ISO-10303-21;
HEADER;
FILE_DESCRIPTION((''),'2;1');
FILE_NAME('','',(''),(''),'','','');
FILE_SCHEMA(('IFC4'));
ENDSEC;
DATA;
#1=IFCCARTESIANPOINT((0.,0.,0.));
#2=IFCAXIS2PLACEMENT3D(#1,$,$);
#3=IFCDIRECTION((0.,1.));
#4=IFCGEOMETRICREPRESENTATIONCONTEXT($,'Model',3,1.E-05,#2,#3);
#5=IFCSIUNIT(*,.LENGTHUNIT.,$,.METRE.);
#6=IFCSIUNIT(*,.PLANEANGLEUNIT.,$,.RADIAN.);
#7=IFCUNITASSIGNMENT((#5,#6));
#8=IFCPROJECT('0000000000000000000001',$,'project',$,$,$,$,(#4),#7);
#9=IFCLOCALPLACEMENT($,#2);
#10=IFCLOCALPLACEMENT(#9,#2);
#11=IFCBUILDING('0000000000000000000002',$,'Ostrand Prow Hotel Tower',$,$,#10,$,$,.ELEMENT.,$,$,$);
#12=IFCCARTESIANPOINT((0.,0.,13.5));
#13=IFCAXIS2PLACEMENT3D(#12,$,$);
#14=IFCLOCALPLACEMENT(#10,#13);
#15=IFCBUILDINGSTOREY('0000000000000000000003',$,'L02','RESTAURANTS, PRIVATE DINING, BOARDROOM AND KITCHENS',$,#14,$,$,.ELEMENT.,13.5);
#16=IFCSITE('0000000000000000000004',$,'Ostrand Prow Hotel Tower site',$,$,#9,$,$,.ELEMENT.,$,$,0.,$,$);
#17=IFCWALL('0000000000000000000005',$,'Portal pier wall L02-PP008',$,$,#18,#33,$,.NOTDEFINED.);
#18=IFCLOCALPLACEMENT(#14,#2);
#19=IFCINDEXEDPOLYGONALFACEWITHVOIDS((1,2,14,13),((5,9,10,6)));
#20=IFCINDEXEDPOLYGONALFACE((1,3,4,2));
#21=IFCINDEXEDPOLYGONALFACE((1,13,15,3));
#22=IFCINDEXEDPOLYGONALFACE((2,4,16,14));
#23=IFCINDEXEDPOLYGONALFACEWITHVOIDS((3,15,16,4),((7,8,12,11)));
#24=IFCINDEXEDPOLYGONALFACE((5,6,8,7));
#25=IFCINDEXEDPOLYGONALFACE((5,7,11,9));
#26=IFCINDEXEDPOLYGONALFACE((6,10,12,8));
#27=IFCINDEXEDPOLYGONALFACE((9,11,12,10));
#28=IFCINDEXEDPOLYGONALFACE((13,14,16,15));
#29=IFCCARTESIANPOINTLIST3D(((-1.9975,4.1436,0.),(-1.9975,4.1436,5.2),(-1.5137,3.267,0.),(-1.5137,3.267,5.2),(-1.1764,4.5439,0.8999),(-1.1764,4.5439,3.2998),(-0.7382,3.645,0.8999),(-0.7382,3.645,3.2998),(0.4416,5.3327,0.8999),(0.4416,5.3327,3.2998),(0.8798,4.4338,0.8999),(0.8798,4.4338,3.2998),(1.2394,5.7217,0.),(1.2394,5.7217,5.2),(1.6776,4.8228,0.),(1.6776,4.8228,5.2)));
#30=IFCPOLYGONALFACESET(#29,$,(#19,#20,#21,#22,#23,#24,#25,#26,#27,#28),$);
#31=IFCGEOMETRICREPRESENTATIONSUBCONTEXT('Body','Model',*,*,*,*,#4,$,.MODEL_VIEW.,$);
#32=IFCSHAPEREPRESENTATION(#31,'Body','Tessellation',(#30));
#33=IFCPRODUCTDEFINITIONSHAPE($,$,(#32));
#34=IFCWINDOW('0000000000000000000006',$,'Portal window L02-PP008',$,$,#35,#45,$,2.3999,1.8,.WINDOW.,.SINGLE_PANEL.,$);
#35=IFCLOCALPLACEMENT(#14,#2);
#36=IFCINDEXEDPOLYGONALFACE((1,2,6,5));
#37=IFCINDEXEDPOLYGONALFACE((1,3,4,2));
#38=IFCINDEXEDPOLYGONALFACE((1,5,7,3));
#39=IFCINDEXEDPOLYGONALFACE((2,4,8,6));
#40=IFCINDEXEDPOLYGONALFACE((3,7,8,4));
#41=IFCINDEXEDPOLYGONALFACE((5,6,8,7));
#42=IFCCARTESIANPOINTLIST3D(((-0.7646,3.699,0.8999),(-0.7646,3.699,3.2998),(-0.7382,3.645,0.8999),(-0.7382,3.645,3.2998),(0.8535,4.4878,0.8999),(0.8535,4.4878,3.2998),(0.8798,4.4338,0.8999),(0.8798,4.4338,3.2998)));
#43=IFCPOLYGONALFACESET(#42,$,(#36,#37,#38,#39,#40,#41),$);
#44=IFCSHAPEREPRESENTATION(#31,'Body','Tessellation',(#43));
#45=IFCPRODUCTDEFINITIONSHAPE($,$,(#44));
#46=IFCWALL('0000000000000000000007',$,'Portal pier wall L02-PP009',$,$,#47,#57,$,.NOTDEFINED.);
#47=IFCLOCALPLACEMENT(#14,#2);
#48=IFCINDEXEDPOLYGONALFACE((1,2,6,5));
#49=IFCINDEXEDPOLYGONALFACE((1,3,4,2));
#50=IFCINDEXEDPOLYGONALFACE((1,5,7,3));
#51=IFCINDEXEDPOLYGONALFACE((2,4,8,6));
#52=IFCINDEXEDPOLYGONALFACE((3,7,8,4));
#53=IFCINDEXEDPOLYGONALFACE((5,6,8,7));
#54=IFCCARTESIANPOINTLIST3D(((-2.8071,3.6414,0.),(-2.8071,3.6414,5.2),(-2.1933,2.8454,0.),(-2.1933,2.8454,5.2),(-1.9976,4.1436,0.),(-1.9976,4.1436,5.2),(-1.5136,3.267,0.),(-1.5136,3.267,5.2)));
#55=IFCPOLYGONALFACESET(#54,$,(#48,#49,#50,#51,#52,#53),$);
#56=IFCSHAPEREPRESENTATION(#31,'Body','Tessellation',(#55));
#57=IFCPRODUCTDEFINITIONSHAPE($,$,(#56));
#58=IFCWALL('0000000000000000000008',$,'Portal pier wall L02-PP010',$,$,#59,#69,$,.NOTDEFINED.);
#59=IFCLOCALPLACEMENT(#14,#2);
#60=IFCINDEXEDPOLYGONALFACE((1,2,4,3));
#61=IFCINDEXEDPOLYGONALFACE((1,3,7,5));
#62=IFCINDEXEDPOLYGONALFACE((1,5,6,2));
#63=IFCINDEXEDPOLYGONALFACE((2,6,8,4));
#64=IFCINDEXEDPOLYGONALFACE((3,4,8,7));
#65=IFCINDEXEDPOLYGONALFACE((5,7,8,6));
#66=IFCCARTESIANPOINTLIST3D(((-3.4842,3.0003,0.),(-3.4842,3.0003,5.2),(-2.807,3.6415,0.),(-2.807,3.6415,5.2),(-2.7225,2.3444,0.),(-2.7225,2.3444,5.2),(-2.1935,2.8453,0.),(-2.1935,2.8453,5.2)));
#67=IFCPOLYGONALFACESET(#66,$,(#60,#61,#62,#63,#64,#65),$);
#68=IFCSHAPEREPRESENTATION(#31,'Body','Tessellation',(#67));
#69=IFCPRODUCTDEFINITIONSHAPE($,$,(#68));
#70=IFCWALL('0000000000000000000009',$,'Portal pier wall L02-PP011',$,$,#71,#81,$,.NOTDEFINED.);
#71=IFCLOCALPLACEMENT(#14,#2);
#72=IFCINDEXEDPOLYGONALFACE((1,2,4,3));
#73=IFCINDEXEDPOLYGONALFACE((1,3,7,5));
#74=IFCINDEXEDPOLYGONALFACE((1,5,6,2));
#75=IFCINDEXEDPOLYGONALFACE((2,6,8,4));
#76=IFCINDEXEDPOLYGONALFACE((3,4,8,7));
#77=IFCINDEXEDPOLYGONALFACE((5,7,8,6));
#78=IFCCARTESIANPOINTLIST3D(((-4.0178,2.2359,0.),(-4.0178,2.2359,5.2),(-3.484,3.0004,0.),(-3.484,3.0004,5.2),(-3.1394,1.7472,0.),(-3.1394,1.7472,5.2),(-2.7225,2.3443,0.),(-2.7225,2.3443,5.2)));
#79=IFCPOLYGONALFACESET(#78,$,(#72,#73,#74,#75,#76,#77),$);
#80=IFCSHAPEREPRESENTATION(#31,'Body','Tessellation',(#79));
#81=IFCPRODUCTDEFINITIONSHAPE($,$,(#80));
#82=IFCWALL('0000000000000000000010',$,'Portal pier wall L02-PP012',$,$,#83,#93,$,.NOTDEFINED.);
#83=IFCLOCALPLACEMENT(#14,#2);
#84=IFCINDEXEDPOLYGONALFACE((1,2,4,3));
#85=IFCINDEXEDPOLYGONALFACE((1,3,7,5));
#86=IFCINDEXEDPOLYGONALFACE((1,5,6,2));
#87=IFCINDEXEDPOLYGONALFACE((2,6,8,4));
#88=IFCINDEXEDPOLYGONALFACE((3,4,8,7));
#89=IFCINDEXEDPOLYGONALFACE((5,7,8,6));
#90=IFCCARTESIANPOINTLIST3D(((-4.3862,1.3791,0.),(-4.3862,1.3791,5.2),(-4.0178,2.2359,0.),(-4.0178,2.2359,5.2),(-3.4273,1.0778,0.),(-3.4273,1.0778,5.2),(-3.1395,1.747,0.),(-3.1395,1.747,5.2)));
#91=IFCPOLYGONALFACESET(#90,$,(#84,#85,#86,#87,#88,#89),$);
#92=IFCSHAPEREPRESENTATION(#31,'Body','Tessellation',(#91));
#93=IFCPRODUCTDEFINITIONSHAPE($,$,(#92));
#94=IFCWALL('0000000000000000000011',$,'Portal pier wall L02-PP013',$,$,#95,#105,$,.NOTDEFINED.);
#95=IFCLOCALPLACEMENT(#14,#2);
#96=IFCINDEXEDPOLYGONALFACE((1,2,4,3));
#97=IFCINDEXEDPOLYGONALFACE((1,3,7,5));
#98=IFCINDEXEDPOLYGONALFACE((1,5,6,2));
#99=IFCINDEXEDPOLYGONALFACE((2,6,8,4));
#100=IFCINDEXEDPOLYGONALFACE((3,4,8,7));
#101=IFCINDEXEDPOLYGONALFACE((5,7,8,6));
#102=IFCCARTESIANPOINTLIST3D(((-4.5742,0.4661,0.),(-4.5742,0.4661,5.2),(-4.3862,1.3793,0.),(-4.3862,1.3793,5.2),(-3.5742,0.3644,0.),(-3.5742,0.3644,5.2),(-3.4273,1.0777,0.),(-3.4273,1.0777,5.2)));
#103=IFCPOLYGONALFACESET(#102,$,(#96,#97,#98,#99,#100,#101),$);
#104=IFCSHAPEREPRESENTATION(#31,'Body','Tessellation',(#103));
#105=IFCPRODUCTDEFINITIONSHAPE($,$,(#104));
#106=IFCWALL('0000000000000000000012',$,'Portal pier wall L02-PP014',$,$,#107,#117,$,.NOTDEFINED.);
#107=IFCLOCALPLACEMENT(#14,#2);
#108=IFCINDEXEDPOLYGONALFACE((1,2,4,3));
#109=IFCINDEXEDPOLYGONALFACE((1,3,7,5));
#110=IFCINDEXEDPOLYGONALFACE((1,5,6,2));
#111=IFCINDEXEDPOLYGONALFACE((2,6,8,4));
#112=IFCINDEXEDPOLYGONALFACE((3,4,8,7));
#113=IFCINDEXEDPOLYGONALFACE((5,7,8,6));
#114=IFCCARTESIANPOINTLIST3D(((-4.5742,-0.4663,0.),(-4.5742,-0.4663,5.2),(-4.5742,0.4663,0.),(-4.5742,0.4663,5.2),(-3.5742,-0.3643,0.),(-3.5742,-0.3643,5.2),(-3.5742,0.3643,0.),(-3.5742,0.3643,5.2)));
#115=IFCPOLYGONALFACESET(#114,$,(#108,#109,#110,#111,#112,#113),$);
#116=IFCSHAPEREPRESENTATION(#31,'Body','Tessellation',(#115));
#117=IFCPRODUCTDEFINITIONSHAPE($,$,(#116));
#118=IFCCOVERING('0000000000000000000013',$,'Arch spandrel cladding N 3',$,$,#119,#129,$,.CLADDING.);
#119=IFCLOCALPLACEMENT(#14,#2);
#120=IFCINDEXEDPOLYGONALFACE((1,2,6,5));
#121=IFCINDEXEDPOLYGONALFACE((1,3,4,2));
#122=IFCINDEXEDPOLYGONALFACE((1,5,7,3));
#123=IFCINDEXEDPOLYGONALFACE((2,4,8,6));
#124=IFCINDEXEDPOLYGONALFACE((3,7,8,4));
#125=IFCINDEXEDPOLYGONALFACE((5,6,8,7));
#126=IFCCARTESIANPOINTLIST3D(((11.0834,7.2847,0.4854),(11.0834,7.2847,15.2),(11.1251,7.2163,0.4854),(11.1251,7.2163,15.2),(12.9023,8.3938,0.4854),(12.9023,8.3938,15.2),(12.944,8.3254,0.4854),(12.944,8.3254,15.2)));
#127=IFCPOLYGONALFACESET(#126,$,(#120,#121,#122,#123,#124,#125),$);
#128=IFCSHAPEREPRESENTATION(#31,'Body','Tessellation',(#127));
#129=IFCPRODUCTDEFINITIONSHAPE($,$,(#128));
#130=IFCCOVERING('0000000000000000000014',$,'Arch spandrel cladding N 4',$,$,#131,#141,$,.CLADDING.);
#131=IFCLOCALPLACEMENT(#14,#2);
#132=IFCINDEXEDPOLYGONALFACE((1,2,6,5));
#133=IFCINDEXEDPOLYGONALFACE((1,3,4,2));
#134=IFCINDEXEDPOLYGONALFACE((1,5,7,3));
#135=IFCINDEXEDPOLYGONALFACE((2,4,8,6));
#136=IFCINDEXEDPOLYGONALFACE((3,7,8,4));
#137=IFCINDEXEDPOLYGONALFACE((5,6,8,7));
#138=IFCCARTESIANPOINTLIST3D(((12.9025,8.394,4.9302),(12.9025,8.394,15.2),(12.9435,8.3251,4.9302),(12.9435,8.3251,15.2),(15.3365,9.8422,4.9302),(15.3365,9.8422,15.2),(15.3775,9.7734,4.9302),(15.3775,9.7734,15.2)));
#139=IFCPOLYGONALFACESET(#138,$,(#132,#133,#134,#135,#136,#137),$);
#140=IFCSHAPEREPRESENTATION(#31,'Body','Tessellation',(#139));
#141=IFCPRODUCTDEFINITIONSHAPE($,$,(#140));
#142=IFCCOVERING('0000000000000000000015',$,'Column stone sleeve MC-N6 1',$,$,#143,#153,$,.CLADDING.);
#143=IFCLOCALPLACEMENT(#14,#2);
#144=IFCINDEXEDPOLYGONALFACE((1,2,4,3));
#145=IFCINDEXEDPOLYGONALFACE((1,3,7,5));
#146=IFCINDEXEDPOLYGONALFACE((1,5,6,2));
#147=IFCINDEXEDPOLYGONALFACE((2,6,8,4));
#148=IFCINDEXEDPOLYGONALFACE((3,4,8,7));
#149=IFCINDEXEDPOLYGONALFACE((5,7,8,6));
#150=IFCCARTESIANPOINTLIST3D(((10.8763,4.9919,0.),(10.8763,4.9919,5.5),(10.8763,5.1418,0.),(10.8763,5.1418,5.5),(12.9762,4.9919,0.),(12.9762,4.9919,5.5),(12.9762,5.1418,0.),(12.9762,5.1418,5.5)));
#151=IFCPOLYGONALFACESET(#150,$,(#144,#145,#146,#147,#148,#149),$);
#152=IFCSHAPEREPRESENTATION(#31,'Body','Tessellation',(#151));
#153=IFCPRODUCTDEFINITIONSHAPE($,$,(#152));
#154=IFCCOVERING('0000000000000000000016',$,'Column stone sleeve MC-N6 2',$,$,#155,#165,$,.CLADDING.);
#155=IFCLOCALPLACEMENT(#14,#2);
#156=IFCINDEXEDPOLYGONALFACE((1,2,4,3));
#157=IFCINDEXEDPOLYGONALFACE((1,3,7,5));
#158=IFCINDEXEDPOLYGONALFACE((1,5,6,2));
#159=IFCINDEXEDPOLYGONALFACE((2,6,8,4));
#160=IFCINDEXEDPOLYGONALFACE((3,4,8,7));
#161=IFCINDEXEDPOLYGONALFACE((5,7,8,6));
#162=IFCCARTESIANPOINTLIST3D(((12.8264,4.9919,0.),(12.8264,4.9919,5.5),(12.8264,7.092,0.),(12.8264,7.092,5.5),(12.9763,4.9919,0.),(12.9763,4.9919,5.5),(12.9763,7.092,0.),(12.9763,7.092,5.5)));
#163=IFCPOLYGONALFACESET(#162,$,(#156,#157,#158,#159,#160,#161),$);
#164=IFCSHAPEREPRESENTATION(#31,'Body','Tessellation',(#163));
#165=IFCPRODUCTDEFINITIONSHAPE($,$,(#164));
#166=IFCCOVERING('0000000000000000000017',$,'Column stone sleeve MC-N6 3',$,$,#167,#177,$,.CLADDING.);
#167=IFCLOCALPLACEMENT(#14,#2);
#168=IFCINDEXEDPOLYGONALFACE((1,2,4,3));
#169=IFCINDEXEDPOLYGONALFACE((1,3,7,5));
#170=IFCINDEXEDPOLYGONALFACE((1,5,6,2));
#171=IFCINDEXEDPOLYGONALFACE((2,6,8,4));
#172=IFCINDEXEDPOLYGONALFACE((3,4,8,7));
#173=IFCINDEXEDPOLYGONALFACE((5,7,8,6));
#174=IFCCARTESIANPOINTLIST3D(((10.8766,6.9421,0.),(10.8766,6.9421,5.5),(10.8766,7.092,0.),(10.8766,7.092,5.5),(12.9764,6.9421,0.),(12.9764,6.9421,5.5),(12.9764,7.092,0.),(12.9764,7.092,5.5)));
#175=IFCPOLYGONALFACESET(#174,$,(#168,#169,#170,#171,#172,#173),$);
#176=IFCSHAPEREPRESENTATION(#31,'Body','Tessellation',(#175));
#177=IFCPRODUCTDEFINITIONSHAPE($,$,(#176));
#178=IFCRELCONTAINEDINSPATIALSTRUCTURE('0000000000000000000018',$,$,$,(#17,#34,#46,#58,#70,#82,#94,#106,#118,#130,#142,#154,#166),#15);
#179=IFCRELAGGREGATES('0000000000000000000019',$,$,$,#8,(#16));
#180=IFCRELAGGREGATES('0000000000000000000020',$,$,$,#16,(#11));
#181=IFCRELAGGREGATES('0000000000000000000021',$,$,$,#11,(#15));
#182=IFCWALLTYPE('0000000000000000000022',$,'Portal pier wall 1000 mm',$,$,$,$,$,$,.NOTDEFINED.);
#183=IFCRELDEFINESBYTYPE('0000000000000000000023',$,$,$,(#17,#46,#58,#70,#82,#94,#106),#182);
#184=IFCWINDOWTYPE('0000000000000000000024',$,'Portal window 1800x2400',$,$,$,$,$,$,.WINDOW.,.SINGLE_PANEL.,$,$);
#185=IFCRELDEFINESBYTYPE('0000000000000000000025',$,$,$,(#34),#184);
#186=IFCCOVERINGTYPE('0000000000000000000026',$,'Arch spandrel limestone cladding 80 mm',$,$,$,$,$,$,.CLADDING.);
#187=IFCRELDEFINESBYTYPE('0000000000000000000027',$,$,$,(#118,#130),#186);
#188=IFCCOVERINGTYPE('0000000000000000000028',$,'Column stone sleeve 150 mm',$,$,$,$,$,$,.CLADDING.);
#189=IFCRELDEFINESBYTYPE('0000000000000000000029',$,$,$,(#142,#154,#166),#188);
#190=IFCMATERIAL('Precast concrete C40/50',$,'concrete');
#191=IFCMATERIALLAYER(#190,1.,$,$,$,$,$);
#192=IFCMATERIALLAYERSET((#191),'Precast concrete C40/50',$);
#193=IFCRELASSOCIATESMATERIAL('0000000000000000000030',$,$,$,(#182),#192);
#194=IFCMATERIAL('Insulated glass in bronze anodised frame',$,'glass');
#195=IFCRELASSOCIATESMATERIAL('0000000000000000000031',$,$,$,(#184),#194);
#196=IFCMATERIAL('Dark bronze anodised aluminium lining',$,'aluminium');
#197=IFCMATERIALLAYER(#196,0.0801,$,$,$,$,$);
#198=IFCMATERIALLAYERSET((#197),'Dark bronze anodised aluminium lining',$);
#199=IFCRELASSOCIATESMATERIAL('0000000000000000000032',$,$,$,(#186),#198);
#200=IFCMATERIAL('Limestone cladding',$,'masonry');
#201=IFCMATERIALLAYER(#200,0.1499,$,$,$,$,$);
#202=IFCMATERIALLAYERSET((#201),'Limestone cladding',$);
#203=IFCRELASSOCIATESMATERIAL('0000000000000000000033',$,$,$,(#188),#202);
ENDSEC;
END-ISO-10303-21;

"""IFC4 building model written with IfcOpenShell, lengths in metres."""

from ifc_helpers import new_model, si_unit, direction, frame, frame_2d, origin, place, context, subcontext, project, spatial, polyline, rectangle, outline, extrude, material, layer, layer_set, type_object, element, fill, save


model = new_model("IFC4")

# Units and contexts
model_context = context("Model", 3, precision=1e-05, world=origin(), true_north=direction((0.0, 1.0)))
body_context = subcontext(model_context, "Body", "Model", "MODEL_VIEW")
ifc_project = project(units=[si_unit("LENGTHUNIT", "METRE"), si_unit("PLANEANGLEUNIT", "RADIAN")], contexts=[model_context])

# Site, building, storey
site_placement = place(None, origin())
site = spatial("IfcSite", under=ifc_project, at=site_placement, Name="Ostrand Prow Hotel Tower site", CompositionType="ELEMENT", RefElevation=0.0)
building_placement = place(site_placement, origin())
building = spatial("IfcBuilding", under=site, at=building_placement, Name="Ostrand Prow Hotel Tower", CompositionType="ELEMENT")
storey_placement = place(building_placement, frame((0.0, 0.0, 13.5)))
storey = spatial("IfcBuildingStorey", under=building, at=storey_placement, Name="L02", Description="RESTAURANTS, PRIVATE DINING, BOARDROOM AND KITCHENS", CompositionType="ELEMENT", Elevation=13.5)

# Shared definitions
ifc_material_1 = material(Name="Precast concrete C40/50", Category="concrete")
ifc_layer_1 = layer(ifc_material_1, 1.0)
ifc_layer_set_1 = layer_set([ifc_layer_1], Name="Precast concrete C40/50")
wall_type = type_object("IfcWallType", Name="Portal pier wall 1000 mm", PredefinedType="NOTDEFINED", material=ifc_layer_set_1)

# Shared definitions
ifc_material_2 = material(Name="Insulated glass in bronze anodised frame", Category="glass")
window_type = type_object("IfcWindowType", Name="Portal window 1800x2400", PartitioningType="SINGLE_PANEL", PredefinedType="WINDOW", material=ifc_material_2)

# Wall, opening, window
wall_1_placement = place(storey_placement, frame((1.4585, 5.2722, 0.0), z_axis=(0.0, 0.0, 1.0), x_axis=(-0.898875, -0.438206, 0.0)))
wall_1 = element("IfcWall", 1, at=wall_1_placement, inside=storey, type_object=wall_type, Name="Portal pier wall L02-PP008", PredefinedType="NOTDEFINED", context=body_context, shape_type="SweptSolid", body=[
    extrude(outline(polyline([(0.0, -0.5), (3.6011, -0.5), (3.5503, 0.5), (0.0, 0.5), (0.0, -0.5)])), origin(), (0.0, 0.0, 1.0), 5.2),
])
opening_1_placement = place(wall_1_placement, frame((0.8877, 0.0, 0.8999)))
opening_1 = element("IfcOpeningElement", 2, at=opening_1_placement, cuts=wall_1, PredefinedType="OPENING", context=body_context, shape_type="SweptSolid", body=[
    extrude(rectangle(XDim=1.8, YDim=2.3999, at=frame_2d((0.8999, 1.2))), frame((0.0, 0.51, 0.0), z_axis=(0.0, -1.0, 0.0), x_axis=(1.0, 0.0, 0.0)), (0.0, 0.0, 1.0), 1.02),
])
window_1_placement = place(opening_1_placement, origin())
window_1 = element("IfcWindow", 3, at=window_1_placement, inside=storey, type_object=window_type, Name="Portal window L02-PP008", OverallHeight=2.3999, OverallWidth=1.8, PartitioningType="SINGLE_PANEL", PredefinedType="WINDOW", context=body_context, shape_type="SweptSolid", body=[
    extrude(rectangle(XDim=1.8, YDim=2.3999, at=frame_2d((0.8999, 1.2))), frame((0.0, 0.5, 0.0), z_axis=(0.0, -1.0, 0.0), x_axis=(1.0, 0.0, 0.0)), (0.0, 0.0, 1.0), 0.0601),
])
fill(opening_1, window_1)

# Walls
wall_2_placement = place(storey_placement, frame((-1.7556, 3.7053, 0.0), z_axis=(0.0, 0.0, 1.0), x_axis=(-0.849778, -0.527141, 0.0)))
element("IfcWall", 4, at=wall_2_placement, inside=storey, type_object=wall_type, Name="Portal pier wall L02-PP009", PredefinedType="NOTDEFINED", context=body_context, shape_type="SweptSolid", body=[
    extrude(outline(polyline([(-0.0254, -0.5), (0.9272, -0.5), (0.8252, 0.5), (0.0254, 0.5), (-0.0254, -0.5)])), origin(), (0.0, 0.0, 1.0), 5.2),
])
wall_3_placement = place(storey_placement, frame((-2.5002, 3.2434, 0.0), z_axis=(0.0, 0.0, 1.0), x_axis=(-0.726099, -0.68759, 0.0)))
element("IfcWall", 5, at=wall_3_placement, inside=storey, type_object=wall_type, Name="Portal pier wall L02-PP010", PredefinedType="NOTDEFINED", context=body_context, shape_type="SweptSolid", body=[
    extrude(outline(polyline([(-0.051, -0.5), (0.8816, -0.5), (0.7795, 0.5), (0.051, 0.5), (-0.051, -0.5)])), origin(), (0.0, 0.0, 1.0), 5.2),
])
wall_4_placement = place(storey_placement, frame((-3.1033, 2.6724, 0.0), z_axis=(0.0, 0.0, 1.0), x_axis=(-0.572416, -0.819963, 0.0)))
element("IfcWall", 6, at=wall_4_placement, inside=storey, type_object=wall_type, Name="Portal pier wall L02-PP011", PredefinedType="NOTDEFINED", context=body_context, shape_type="SweptSolid", body=[
    extrude(outline(polyline([(-0.051, -0.5), (0.8813, -0.5), (0.7793, 0.5), (0.051, 0.5), (-0.051, -0.5)])), origin(), (0.0, 0.0, 1.0), 5.2),
])
wall_5_placement = place(storey_placement, frame((-3.5786, 1.9915, 0.0), z_axis=(0.0, 0.0, 1.0), x_axis=(-0.39509, -0.918643, 0.0)))
element("IfcWall", 7, at=wall_5_placement, inside=storey, type_object=wall_type, Name="Portal pier wall L02-PP012", PredefinedType="NOTDEFINED", context=body_context, shape_type="SweptSolid", body=[
    extrude(outline(polyline([(-0.051, -0.5), (0.8816, -0.5), (0.7795, 0.5), (0.051, 0.5), (-0.051, -0.5)])), origin(), (0.0, 0.0, 1.0), 5.2),
])
wall_6_placement = place(storey_placement, frame((-3.9067, 1.2285, 0.0), z_axis=(0.0, 0.0, 1.0), x_axis=(-0.201711, -0.979445, 0.0)))
element("IfcWall", 8, at=wall_6_placement, inside=storey, type_object=wall_type, Name="Portal pier wall L02-PP013", PredefinedType="NOTDEFINED", context=body_context, shape_type="SweptSolid", body=[
    extrude(outline(polyline([(-0.051, -0.5), (0.8813, -0.5), (0.7793, 0.5), (0.051, 0.5), (-0.051, -0.5)])), origin(), (0.0, 0.0, 1.0), 5.2),
])
wall_7_placement = place(storey_placement, frame((-4.0742, 0.4153, 0.0), z_axis=(0.0, 0.0, 1.0), x_axis=(0.0, -1.0, 0.0)))
element("IfcWall", 9, at=wall_7_placement, inside=storey, type_object=wall_type, Name="Portal pier wall L02-PP014", PredefinedType="NOTDEFINED", context=body_context, shape_type="SweptSolid", body=[
    extrude(outline(polyline([(-0.051, -0.5), (0.8816, -0.5), (0.7795, 0.5), (0.051, 0.5), (-0.051, -0.5)])), origin(), (0.0, 0.0, 1.0), 5.2),
])

# Coverings
ifc_material_3 = material(Name="Dark bronze anodised aluminium lining", Category="aluminium")
ifc_layer_2 = layer(ifc_material_3, 0.0801)
ifc_layer_set_2 = layer_set([ifc_layer_2], Name="Dark bronze anodised aluminium lining")
covering_type_1 = type_object("IfcCoveringType", Name="Arch spandrel limestone cladding 80 mm", PredefinedType="CLADDING", material=ifc_layer_set_2)
covering_1_placement = place(storey_placement, frame((11.1042, 7.2505, 0.4854), z_axis=(0.0, 0.0, 1.0), x_axis=(0.85378, 0.520634, 0.0)))
element("IfcCovering", 10, at=covering_1_placement, inside=storey, type_object=covering_type_1, Name="Arch spandrel cladding N 3", PredefinedType="CLADDING", context=body_context, shape_type="SweptSolid", body=[
    extrude(rectangle(XDim=2.1304, YDim=0.0801, at=frame_2d((1.0652, 0.0))), origin(), (0.0, 0.0, 1.0), 14.7146),
])
covering_2_placement = place(storey_placement, frame((12.9231, 8.3596, 4.9302), z_axis=(0.0, 0.0, 1.0), x_axis=(0.859388, 0.511323, 0.0)))
element("IfcCovering", 11, at=covering_2_placement, inside=storey, type_object=covering_type_1, Name="Arch spandrel cladding N 4", PredefinedType="CLADDING", context=body_context, shape_type="SweptSolid", body=[
    extrude(rectangle(XDim=2.8323, YDim=0.0801, at=frame_2d((1.416, 0.0))), origin(), (0.0, 0.0, 1.0), 10.2698),
])
ifc_material_4 = material(Name="Limestone cladding", Category="masonry")
ifc_layer_3 = layer(ifc_material_4, 0.1499)
ifc_layer_set_3 = layer_set([ifc_layer_3], Name="Limestone cladding")
covering_type_2 = type_object("IfcCoveringType", Name="Column stone sleeve 150 mm", PredefinedType="CLADDING", material=ifc_layer_set_3)
covering_3_placement = place(storey_placement, frame((10.8765, 5.0669, 0.0), z_axis=(0.0, 0.0, 1.0), x_axis=(1.0, 0.0, 0.0)))
element("IfcCovering", 12, at=covering_3_placement, inside=storey, type_object=covering_type_2, Name="Column stone sleeve MC-N6 1", PredefinedType="CLADDING", context=body_context, shape_type="SweptSolid", body=[
    extrude(rectangle(XDim=2.0999, YDim=0.1499, at=frame_2d((1.0498, 0.0))), origin(), (0.0, 0.0, 1.0), 5.5),
])
covering_4_placement = place(storey_placement, frame((12.9014, 4.9919, 0.0), z_axis=(0.0, 0.0, 1.0), x_axis=(0.0, 1.0, 0.0)))
element("IfcCovering", 13, at=covering_4_placement, inside=storey, type_object=covering_type_2, Name="Column stone sleeve MC-N6 2", PredefinedType="CLADDING", context=body_context, shape_type="SweptSolid", body=[
    extrude(rectangle(XDim=2.1001, YDim=0.1499, at=frame_2d((1.05, 0.0))), origin(), (0.0, 0.0, 1.0), 5.5),
])
covering_5_placement = place(storey_placement, frame((12.9763, 7.0171, 0.0), z_axis=(0.0, 0.0, 1.0), x_axis=(-1.0, 0.0, 0.0)))
element("IfcCovering", 14, at=covering_5_placement, inside=storey, type_object=covering_type_2, Name="Column stone sleeve MC-N6 3", PredefinedType="CLADDING", context=body_context, shape_type="SweptSolid", body=[
    extrude(rectangle(XDim=2.0999, YDim=0.1499, at=frame_2d((1.0498, 0.0))), origin(), (0.0, 0.0, 1.0), 5.5),
])

save(model, "model.ifc")
